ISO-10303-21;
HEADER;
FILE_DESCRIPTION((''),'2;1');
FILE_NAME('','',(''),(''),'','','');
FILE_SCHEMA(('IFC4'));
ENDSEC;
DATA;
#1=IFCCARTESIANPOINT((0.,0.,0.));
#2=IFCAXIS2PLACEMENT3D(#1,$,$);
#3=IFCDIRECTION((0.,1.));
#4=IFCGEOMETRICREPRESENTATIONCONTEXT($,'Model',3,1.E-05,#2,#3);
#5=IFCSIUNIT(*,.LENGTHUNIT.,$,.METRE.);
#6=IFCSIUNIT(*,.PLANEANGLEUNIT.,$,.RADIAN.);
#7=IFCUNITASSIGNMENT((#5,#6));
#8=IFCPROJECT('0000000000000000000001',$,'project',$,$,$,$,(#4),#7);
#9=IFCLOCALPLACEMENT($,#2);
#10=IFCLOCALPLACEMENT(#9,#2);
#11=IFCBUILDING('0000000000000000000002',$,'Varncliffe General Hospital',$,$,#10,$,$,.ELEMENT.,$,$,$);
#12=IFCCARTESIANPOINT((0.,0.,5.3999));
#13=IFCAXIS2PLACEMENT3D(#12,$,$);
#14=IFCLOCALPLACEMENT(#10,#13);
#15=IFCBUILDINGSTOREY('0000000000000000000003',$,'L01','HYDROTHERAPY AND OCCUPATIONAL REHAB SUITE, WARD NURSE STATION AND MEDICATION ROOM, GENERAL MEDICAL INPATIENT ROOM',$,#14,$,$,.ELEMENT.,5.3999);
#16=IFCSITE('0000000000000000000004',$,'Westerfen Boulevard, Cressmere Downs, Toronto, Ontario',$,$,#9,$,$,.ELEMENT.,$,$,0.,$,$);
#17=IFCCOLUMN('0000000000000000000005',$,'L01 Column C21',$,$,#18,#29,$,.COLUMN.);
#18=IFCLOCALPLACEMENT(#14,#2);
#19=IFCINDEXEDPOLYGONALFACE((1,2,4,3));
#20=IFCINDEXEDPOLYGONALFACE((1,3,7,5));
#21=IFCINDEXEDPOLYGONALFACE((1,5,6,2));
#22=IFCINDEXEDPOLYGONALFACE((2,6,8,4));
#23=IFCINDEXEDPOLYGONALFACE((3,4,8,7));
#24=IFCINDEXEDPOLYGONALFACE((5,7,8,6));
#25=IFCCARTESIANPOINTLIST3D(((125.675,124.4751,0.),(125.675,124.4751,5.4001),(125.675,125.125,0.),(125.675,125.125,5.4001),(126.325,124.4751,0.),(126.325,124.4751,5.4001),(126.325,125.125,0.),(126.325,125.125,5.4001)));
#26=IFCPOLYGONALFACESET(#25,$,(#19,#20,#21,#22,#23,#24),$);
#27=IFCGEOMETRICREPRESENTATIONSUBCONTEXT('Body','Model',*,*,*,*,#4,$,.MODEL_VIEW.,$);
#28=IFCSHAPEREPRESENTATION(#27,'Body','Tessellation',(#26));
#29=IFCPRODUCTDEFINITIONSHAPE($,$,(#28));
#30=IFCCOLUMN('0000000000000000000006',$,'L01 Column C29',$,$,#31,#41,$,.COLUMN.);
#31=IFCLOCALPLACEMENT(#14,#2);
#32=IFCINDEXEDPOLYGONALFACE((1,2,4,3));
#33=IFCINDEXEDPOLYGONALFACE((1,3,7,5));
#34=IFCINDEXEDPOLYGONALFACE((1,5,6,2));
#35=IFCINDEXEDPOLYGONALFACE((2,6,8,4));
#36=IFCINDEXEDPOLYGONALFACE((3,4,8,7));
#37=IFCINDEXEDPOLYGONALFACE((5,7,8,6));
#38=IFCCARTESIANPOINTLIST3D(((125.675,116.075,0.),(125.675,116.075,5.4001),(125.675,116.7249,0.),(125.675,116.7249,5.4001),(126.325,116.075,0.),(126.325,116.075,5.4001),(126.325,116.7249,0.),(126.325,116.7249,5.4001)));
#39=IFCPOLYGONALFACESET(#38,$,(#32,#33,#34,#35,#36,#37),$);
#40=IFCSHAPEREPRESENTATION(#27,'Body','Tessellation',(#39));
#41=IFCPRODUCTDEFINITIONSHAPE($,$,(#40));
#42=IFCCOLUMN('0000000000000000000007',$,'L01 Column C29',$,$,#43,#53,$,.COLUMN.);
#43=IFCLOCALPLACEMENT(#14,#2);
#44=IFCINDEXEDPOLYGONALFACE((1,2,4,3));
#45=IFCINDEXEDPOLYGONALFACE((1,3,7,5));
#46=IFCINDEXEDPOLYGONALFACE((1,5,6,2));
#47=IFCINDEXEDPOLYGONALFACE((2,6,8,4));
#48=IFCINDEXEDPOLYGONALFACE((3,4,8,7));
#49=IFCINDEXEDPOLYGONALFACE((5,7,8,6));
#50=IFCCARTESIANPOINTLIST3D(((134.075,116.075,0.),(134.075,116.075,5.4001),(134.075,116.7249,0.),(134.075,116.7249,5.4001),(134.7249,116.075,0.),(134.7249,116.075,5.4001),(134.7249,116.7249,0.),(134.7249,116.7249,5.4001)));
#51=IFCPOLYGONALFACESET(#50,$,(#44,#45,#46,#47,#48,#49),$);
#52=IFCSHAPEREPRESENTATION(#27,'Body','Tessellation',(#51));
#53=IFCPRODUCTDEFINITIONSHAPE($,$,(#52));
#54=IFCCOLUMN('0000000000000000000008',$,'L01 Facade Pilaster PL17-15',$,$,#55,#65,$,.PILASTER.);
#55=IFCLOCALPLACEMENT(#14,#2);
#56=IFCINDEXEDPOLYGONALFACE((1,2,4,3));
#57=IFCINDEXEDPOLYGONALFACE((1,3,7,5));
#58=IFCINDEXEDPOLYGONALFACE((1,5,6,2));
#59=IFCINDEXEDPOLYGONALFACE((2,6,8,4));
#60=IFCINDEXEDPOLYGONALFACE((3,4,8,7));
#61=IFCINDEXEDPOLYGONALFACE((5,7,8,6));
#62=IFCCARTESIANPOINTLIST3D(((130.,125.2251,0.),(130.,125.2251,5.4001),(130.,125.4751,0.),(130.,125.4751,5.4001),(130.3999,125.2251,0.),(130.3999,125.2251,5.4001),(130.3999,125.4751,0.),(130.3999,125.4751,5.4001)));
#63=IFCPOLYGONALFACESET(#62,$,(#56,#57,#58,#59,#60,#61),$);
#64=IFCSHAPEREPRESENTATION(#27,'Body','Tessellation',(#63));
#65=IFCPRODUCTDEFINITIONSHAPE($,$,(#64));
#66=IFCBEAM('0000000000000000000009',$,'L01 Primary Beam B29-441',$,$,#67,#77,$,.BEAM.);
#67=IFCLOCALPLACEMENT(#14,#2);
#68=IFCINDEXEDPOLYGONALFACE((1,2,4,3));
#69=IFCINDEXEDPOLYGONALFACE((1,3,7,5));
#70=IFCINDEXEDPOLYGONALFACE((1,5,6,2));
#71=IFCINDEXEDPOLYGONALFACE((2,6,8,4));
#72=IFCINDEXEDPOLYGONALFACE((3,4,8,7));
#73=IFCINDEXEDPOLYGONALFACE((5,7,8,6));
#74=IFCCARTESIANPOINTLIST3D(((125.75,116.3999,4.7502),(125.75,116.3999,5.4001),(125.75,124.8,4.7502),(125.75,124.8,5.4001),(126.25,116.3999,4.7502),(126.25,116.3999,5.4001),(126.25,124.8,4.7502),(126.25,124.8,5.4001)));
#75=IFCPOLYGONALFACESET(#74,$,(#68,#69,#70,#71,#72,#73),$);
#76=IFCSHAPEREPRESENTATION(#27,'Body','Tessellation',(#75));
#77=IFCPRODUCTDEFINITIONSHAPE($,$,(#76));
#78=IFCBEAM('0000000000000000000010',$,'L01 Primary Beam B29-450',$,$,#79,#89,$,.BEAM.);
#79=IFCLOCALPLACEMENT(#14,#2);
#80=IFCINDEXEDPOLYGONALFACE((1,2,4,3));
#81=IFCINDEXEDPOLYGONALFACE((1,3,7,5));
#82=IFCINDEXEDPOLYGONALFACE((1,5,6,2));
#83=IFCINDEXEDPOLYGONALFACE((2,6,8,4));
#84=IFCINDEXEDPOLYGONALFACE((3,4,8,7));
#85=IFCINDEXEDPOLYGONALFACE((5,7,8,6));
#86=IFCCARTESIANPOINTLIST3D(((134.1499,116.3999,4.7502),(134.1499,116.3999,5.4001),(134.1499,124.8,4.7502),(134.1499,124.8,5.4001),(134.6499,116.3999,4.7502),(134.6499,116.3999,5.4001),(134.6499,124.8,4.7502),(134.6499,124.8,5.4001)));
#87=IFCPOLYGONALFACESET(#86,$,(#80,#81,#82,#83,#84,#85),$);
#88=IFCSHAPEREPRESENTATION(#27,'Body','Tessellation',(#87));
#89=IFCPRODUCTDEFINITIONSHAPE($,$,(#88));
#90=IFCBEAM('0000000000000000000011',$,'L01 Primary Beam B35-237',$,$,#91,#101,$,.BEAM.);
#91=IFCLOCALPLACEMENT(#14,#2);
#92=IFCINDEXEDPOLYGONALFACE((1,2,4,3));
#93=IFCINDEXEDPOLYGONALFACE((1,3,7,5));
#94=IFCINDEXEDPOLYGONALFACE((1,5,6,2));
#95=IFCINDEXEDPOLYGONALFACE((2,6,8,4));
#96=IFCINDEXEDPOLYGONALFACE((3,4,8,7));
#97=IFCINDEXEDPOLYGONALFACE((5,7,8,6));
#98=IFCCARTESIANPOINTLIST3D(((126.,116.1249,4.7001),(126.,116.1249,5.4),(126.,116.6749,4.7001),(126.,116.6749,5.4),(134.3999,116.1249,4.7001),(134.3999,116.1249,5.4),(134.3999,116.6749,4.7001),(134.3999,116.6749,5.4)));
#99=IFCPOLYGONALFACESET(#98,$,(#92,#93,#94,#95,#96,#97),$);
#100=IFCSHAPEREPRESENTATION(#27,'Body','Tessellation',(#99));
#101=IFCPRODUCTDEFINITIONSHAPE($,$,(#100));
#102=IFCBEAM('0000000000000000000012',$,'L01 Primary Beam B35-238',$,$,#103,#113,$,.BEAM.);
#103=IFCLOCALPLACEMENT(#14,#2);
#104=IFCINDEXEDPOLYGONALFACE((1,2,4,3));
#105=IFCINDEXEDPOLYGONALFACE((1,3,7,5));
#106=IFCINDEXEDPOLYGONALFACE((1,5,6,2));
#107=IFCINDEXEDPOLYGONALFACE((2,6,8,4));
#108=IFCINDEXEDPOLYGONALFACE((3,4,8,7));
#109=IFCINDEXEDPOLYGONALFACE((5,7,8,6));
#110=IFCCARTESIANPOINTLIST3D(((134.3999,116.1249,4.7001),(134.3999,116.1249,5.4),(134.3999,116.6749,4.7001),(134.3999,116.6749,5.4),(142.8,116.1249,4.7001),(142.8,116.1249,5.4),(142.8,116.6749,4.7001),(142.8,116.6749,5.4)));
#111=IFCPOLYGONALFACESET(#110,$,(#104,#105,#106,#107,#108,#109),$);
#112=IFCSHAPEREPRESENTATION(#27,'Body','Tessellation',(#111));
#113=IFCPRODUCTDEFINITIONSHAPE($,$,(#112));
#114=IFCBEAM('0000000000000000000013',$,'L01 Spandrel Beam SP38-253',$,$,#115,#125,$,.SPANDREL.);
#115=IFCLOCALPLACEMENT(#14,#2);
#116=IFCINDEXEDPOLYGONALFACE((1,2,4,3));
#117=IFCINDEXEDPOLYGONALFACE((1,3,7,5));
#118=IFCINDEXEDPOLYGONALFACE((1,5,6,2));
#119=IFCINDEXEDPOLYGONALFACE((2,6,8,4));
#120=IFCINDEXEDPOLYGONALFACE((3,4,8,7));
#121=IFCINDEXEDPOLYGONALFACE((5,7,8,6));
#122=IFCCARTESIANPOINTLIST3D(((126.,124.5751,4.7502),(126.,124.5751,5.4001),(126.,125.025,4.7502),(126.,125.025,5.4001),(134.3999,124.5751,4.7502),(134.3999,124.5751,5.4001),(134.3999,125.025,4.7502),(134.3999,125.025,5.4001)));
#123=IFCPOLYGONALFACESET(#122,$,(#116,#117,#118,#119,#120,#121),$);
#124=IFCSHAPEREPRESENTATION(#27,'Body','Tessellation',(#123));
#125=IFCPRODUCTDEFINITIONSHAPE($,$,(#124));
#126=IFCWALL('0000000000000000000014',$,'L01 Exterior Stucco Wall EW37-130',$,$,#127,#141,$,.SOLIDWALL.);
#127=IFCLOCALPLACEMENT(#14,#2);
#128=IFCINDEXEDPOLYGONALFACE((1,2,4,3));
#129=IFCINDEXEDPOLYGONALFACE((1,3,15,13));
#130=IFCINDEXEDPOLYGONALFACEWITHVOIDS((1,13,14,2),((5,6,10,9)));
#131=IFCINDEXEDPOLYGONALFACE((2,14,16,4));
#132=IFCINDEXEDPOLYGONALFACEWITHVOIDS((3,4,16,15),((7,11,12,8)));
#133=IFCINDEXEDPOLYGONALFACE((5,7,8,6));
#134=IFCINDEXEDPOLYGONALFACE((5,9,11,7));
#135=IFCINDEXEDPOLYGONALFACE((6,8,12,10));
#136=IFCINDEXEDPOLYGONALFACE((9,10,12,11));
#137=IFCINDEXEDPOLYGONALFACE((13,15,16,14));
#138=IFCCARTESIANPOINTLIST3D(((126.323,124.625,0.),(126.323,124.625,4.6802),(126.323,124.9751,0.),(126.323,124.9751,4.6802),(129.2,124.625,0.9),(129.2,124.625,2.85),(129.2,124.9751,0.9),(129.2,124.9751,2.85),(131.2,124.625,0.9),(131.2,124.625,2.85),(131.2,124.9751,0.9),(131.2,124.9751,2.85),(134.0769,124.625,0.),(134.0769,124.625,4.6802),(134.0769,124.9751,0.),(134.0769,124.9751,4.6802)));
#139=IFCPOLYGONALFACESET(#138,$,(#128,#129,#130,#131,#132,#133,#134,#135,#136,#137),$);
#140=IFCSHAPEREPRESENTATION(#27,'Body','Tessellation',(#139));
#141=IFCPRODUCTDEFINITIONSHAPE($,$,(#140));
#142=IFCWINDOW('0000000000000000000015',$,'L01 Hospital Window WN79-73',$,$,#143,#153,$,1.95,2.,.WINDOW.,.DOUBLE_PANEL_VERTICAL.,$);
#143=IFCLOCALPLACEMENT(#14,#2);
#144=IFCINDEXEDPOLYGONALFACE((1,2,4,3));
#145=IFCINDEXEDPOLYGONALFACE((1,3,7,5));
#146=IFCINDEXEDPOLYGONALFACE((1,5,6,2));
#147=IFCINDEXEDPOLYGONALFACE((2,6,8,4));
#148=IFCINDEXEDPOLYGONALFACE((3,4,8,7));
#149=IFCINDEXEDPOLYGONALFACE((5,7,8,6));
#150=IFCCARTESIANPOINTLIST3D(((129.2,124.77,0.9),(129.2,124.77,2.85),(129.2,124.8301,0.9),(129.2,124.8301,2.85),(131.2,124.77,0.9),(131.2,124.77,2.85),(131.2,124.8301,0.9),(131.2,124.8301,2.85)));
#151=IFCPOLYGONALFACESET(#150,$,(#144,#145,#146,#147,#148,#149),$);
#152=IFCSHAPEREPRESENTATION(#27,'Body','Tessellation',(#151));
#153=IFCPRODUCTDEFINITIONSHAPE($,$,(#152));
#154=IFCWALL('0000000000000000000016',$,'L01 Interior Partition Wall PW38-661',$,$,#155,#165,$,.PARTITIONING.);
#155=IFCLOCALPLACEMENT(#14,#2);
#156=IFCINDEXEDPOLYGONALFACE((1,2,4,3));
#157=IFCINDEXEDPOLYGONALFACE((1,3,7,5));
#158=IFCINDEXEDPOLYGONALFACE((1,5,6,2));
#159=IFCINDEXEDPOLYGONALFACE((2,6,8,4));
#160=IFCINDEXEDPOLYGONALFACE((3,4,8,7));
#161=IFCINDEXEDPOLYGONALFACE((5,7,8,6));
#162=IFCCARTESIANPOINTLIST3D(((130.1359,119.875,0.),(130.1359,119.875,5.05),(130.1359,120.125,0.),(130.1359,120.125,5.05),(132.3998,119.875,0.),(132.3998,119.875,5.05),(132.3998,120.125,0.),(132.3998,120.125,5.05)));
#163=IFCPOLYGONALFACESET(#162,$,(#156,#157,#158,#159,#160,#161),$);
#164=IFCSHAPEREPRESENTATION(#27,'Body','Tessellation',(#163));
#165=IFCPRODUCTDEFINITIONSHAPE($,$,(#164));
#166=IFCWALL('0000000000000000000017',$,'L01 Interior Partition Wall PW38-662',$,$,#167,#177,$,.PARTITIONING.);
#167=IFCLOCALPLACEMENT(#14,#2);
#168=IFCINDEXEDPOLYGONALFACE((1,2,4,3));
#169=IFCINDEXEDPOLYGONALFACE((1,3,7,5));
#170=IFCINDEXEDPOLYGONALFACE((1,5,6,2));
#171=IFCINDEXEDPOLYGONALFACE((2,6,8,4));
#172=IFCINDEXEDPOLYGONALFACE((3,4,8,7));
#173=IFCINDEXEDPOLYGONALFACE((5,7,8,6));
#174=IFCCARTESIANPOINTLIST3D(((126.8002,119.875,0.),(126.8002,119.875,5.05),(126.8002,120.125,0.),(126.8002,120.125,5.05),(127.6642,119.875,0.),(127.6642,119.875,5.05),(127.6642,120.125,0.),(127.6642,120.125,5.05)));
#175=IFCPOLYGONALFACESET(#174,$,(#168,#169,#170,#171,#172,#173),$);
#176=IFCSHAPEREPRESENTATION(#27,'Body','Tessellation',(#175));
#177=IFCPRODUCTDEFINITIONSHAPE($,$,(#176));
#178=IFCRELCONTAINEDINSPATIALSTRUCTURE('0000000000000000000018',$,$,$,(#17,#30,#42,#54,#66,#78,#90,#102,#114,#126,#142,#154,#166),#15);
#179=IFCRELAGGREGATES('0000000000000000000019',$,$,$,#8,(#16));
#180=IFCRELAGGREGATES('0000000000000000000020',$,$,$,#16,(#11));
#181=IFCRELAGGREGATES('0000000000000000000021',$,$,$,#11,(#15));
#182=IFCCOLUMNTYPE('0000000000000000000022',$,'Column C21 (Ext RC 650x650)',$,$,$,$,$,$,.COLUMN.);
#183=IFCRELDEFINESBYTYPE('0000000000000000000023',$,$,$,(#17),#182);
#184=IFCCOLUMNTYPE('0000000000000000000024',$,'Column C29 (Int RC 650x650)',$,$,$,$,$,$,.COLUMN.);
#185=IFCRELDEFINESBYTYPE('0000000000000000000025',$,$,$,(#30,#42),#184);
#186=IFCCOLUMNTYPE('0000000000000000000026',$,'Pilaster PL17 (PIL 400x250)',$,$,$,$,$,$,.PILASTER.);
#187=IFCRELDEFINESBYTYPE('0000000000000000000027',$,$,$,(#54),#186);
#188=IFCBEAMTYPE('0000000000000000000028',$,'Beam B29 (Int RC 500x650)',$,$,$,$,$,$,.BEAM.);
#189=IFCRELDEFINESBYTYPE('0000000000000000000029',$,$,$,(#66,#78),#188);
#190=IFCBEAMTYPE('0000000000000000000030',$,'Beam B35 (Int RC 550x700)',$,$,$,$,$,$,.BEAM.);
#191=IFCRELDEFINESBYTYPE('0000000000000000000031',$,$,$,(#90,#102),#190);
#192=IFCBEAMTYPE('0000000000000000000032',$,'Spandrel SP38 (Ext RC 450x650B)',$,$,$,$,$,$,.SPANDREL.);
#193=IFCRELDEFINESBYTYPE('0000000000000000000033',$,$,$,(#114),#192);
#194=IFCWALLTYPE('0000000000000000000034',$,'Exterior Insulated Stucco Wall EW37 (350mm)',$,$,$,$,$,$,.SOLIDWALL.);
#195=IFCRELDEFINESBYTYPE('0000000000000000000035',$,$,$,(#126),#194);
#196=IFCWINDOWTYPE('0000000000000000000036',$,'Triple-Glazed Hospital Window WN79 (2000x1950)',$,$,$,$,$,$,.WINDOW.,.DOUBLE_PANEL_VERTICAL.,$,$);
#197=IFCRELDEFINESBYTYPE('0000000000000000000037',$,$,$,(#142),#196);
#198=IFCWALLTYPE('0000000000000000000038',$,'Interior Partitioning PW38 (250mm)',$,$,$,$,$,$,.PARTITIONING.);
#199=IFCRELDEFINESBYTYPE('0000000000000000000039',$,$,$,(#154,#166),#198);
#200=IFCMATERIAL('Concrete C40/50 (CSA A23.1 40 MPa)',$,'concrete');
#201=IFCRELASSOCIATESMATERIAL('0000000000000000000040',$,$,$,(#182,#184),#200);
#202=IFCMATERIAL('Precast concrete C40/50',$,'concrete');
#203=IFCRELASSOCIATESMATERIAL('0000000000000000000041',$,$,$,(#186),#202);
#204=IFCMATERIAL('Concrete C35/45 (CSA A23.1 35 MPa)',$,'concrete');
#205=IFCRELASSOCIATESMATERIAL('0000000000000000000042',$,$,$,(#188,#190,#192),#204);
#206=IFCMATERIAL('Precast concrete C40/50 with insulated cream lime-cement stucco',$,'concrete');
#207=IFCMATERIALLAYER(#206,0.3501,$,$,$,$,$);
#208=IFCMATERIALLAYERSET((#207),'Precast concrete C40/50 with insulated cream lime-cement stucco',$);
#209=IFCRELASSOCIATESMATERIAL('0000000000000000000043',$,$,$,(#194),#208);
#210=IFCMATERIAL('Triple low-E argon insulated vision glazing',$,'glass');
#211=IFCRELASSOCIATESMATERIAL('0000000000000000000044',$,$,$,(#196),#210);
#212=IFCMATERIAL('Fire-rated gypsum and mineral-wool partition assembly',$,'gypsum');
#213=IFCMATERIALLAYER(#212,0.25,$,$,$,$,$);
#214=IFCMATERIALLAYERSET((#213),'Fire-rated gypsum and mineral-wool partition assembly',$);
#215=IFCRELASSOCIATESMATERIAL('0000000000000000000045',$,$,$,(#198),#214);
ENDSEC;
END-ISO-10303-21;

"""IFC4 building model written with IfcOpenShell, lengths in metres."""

from ifc_helpers import new_model, si_unit, direction, frame, frame_2d, origin, origin_2d, place, context, subcontext, project, spatial, rectangle, extrude, material, layer, layer_set, material_profile, profile_set, type_object, element, fill, save


model = new_model("IFC4")

# Units and contexts
model_context = context("Model", 3, precision=1e-05, world=origin(), true_north=direction((0.0, 1.0)))
body_context = subcontext(model_context, "Body", "Model", "MODEL_VIEW")
ifc_project = project(units=[si_unit("LENGTHUNIT", "METRE"), si_unit("PLANEANGLEUNIT", "RADIAN")], contexts=[model_context])

# Site, building, storey
site_placement = place(None, origin())
site = spatial("IfcSite", under=ifc_project, at=site_placement, Name="Westerfen Boulevard, Cressmere Downs, Toronto, Ontario", CompositionType="ELEMENT", RefElevation=0.0)
building_placement = place(site_placement, origin())
building = spatial("IfcBuilding", under=site, at=building_placement, Name="Varncliffe General Hospital", CompositionType="ELEMENT")
storey_placement = place(building_placement, frame((0.0, 0.0, 5.3999)))
storey = spatial("IfcBuildingStorey", under=building, at=storey_placement, Name="L01", Description="HYDROTHERAPY AND OCCUPATIONAL REHAB SUITE, WARD NURSE STATION AND MEDICATION ROOM, GENERAL MEDICAL INPATIENT ROOM", CompositionType="ELEMENT", Elevation=5.3999)

# Columns
ifc_material_1 = material(Name="Concrete C40/50 (CSA A23.1 40 MPa)", Category="concrete")
ifc_material_profile_1 = material_profile(ifc_material_1, rectangle(XDim=0.6499, YDim=0.6499, at=origin_2d()), Name="RC 650x650")
ifc_profile_set_1 = profile_set([ifc_material_profile_1], Name="Concrete C40/50 (CSA A23.1 40 MPa)")
column_type_1 = type_object("IfcColumnType", Name="Column C21 (Ext RC 650x650)", PredefinedType="COLUMN", material=ifc_profile_set_1)
column_1_placement = place(storey_placement, frame((126.0, 124.8, 0.0), z_axis=(0.0, 0.0, 1.0), x_axis=(1.0, 0.0, 0.0)))
element("IfcColumn", 1, at=column_1_placement, inside=storey, type_object=column_type_1, Name="L01 Column C21", PredefinedType="COLUMN", context=body_context, shape_type="SweptSolid", body=[
    extrude(rectangle(XDim=0.6499, YDim=0.6499, at=origin_2d()), origin(), (0.0, 0.0, 1.0), 5.4001),
])
ifc_material_profile_2 = material_profile(ifc_material_1, rectangle(XDim=0.6499, YDim=0.6499, at=origin_2d()), Name="RC 650x650")
ifc_profile_set_2 = profile_set([ifc_material_profile_2], Name="Concrete C40/50 (CSA A23.1 40 MPa)")
column_type_2 = type_object("IfcColumnType", Name="Column C29 (Int RC 650x650)", PredefinedType="COLUMN", material=ifc_profile_set_2)
for number, where, z_axis, x_axis, name in (
    (2, (126.0, 116.3999, 0.0), (0.0, 0.0, 1.0), (1.0, 0.0, 0.0), "L01 Column C29"),
    (3, (134.3999, 116.3999, 0.0), (0.0, 0.0, 1.0), (1.0, 0.0, 0.0), "L01 Column C29"),
):
    element("IfcColumn", number, at=place(storey_placement, frame(where, z_axis=z_axis, x_axis=x_axis)), inside=storey, type_object=column_type_2, Name=name, PredefinedType="COLUMN", context=body_context, shape_type="SweptSolid", body=[
        extrude(rectangle(XDim=0.6499, YDim=0.6499, at=origin_2d()), origin(), (0.0, 0.0, 1.0), 5.4001),
    ])
ifc_material_2 = material(Name="Precast concrete C40/50", Category="concrete")
ifc_material_profile_3 = material_profile(ifc_material_2, rectangle(XDim=0.3999, YDim=0.25, at=origin_2d()), Name="PIL 400x250")
ifc_profile_set_3 = profile_set([ifc_material_profile_3], Name="Precast concrete C40/50")
column_type_3 = type_object("IfcColumnType", Name="Pilaster PL17 (PIL 400x250)", PredefinedType="PILASTER", material=ifc_profile_set_3)
column_2_placement = place(storey_placement, frame((130.2, 125.3501, 0.0), z_axis=(0.0, 0.0, 1.0), x_axis=(1.0, 0.0, 0.0)))
element("IfcColumn", 4, at=column_2_placement, inside=storey, type_object=column_type_3, Name="L01 Facade Pilaster PL17-15", PredefinedType="PILASTER", context=body_context, shape_type="SweptSolid", body=[
    extrude(rectangle(XDim=0.3999, YDim=0.25, at=origin_2d()), origin(), (0.0, 0.0, 1.0), 5.4001),
])

# Beams
ifc_material_3 = material(Name="Concrete C35/45 (CSA A23.1 35 MPa)", Category="concrete")
ifc_material_profile_4 = material_profile(ifc_material_3, rectangle(XDim=0.5, YDim=0.6499, at=origin_2d()), Name="RC 500x650")
ifc_profile_set_4 = profile_set([ifc_material_profile_4], Name="Concrete C35/45 (CSA A23.1 35 MPa)")
beam_type_1 = type_object("IfcBeamType", Name="Beam B29 (Int RC 500x650)", PredefinedType="BEAM", material=ifc_profile_set_4)
for number, where, z_axis, x_axis, name in (
    (5, (126.0, 116.3999, 5.0752), (0.0, 1.0, 0.0), (-1.0, 0.0, 0.0), "L01 Primary Beam B29-441"),
    (6, (134.3999, 116.3999, 5.0752), (0.0, 1.0, 0.0), (-1.0, 0.0, 0.0), "L01 Primary Beam B29-450"),
):
    element("IfcBeam", number, at=place(storey_placement, frame(where, z_axis=z_axis, x_axis=x_axis)), inside=storey, type_object=beam_type_1, Name=name, PredefinedType="BEAM", context=body_context, shape_type="SweptSolid", body=[
        extrude(rectangle(XDim=0.5, YDim=0.6499, at=origin_2d()), origin(), (0.0, 0.0, 1.0), 8.4001),
    ])
ifc_material_profile_5 = material_profile(ifc_material_3, rectangle(XDim=0.55, YDim=0.7, at=origin_2d()), Name="RC 550x700")
ifc_profile_set_5 = profile_set([ifc_material_profile_5], Name="Concrete C35/45 (CSA A23.1 35 MPa)")
beam_type_2 = type_object("IfcBeamType", Name="Beam B35 (Int RC 550x700)", PredefinedType="BEAM", material=ifc_profile_set_5)
beam_1_placement = place(storey_placement, frame((126.0, 116.3999, 5.05), z_axis=(1.0, 0.0, 0.0), x_axis=(0.0, 1.0, 0.0)))
element("IfcBeam", 7, at=beam_1_placement, inside=storey, type_object=beam_type_2, Name="L01 Primary Beam B35-237", PredefinedType="BEAM", context=body_context, shape_type="SweptSolid", body=[
    extrude(rectangle(XDim=0.55, YDim=0.7, at=origin_2d()), origin(), (0.0, 0.0, 1.0), 8.3999),
])
beam_2_placement = place(storey_placement, frame((134.3999, 116.3999, 5.05), z_axis=(1.0, 0.0, 0.0), x_axis=(0.0, 1.0, 0.0)))
element("IfcBeam", 8, at=beam_2_placement, inside=storey, type_object=beam_type_2, Name="L01 Primary Beam B35-238", PredefinedType="BEAM", context=body_context, shape_type="SweptSolid", body=[
    extrude(rectangle(XDim=0.55, YDim=0.7, at=origin_2d()), origin(), (0.0, 0.0, 1.0), 8.4001),
])
ifc_material_profile_6 = material_profile(ifc_material_3, rectangle(XDim=0.45, YDim=0.6499, at=origin_2d()), Name="RC 450x650")
ifc_profile_set_6 = profile_set([ifc_material_profile_6], Name="Concrete C35/45 (CSA A23.1 35 MPa)")
beam_type_3 = type_object("IfcBeamType", Name="Spandrel SP38 (Ext RC 450x650B)", PredefinedType="SPANDREL", material=ifc_profile_set_6)
beam_3_placement = place(storey_placement, frame((126.0, 124.8, 5.0752), z_axis=(1.0, 0.0, 0.0), x_axis=(0.0, 1.0, 0.0)))
element("IfcBeam", 9, at=beam_3_placement, inside=storey, type_object=beam_type_3, Name="L01 Spandrel Beam SP38-253", PredefinedType="SPANDREL", context=body_context, shape_type="SweptSolid", body=[
    extrude(rectangle(XDim=0.45, YDim=0.6499, at=origin_2d()), origin(), (0.0, 0.0, 1.0), 8.3999),
])

# Wall, opening, window
ifc_material_4 = material(Name="Precast concrete C40/50 with insulated cream lime-cement stucco", Category="concrete")
ifc_layer_1 = layer(ifc_material_4, 0.3501)
ifc_layer_set_1 = layer_set([ifc_layer_1], Name="Precast concrete C40/50 with insulated cream lime-cement stucco")
wall_type_1 = type_object("IfcWallType", Name="Exterior Insulated Stucco Wall EW37 (350mm)", PredefinedType="SOLIDWALL", material=ifc_layer_set_1)
wall_1_placement = place(storey_placement, frame((126.323, 124.8, 0.0), z_axis=(0.0, 0.0, 1.0), x_axis=(1.0, 0.0, 0.0)))
wall_1 = element("IfcWall", 10, at=wall_1_placement, inside=storey, type_object=wall_type_1, Name="L01 Exterior Stucco Wall EW37-130", PredefinedType="SOLIDWALL", context=body_context, shape_type="SweptSolid", body=[
    extrude(rectangle(XDim=7.7539, YDim=0.3501, at=frame_2d((3.877, 0.0))), origin(), (0.0, 0.0, 1.0), 4.6802),
])
opening_1_placement = place(wall_1_placement, frame((2.877, 0.0, 0.8999)))
opening_1 = element("IfcOpeningElement", 11, at=opening_1_placement, cuts=wall_1, PredefinedType="OPENING", context=body_context, shape_type="SweptSolid", body=[
    extrude(rectangle(XDim=2.0, YDim=1.95, at=frame_2d((1.0, 0.9751))), frame((0.0, 0.1851, 0.0), z_axis=(0.0, -1.0, 0.0), x_axis=(1.0, 0.0, 0.0)), (0.0, 0.0, 1.0), 0.3701),
])
ifc_material_5 = material(Name="Triple low-E argon insulated vision glazing", Category="glass")
window_type = type_object("IfcWindowType", Name="Triple-Glazed Hospital Window WN79 (2000x1950)", PartitioningType="DOUBLE_PANEL_VERTICAL", PredefinedType="WINDOW", material=ifc_material_5)
window_placement = place(opening_1_placement, origin())
window = element("IfcWindow", 12, at=window_placement, inside=storey, type_object=window_type, Name="L01 Hospital Window WN79-73", OverallHeight=1.95, OverallWidth=2.0, PartitioningType="DOUBLE_PANEL_VERTICAL", PredefinedType="WINDOW", context=body_context, shape_type="SweptSolid", body=[
    extrude(rectangle(XDim=2.0, YDim=1.95, at=frame_2d((1.0, 0.9751))), frame((0.0, 0.03, 0.0), z_axis=(0.0, -1.0, 0.0), x_axis=(1.0, 0.0, 0.0)), (0.0, 0.0, 1.0), 0.0601),
])
fill(opening_1, window)

# Walls
ifc_material_6 = material(Name="Fire-rated gypsum and mineral-wool partition assembly", Category="gypsum")
ifc_layer_2 = layer(ifc_material_6, 0.25)
ifc_layer_set_2 = layer_set([ifc_layer_2], Name="Fire-rated gypsum and mineral-wool partition assembly")
wall_type_2 = type_object("IfcWallType", Name="Interior Partitioning PW38 (250mm)", PredefinedType="PARTITIONING", material=ifc_layer_set_2)
wall_2_placement = place(storey_placement, frame((130.136, 120.0, 0.0), z_axis=(0.0, 0.0, 1.0), x_axis=(1.0, 0.0, 0.0)))
element("IfcWall", 13, at=wall_2_placement, inside=storey, type_object=wall_type_2, Name="L01 Interior Partition Wall PW38-661", PredefinedType="PARTITIONING", context=body_context, shape_type="SweptSolid", body=[
    extrude(rectangle(XDim=2.2639, YDim=0.25, at=frame_2d((1.1318, 0.0))), origin(), (0.0, 0.0, 1.0), 5.05),
])
wall_3_placement = place(storey_placement, frame((126.8, 120.0, 0.0), z_axis=(0.0, 0.0, 1.0), x_axis=(1.0, 0.0, 0.0)))
element("IfcWall", 14, at=wall_3_placement, inside=storey, type_object=wall_type_2, Name="L01 Interior Partition Wall PW38-662", PredefinedType="PARTITIONING", context=body_context, shape_type="SweptSolid", body=[
    extrude(rectangle(XDim=0.864, YDim=0.25, at=frame_2d((0.4321, 0.0))), origin(), (0.0, 0.0, 1.0), 5.05),
])

save(model, "model.ifc")
